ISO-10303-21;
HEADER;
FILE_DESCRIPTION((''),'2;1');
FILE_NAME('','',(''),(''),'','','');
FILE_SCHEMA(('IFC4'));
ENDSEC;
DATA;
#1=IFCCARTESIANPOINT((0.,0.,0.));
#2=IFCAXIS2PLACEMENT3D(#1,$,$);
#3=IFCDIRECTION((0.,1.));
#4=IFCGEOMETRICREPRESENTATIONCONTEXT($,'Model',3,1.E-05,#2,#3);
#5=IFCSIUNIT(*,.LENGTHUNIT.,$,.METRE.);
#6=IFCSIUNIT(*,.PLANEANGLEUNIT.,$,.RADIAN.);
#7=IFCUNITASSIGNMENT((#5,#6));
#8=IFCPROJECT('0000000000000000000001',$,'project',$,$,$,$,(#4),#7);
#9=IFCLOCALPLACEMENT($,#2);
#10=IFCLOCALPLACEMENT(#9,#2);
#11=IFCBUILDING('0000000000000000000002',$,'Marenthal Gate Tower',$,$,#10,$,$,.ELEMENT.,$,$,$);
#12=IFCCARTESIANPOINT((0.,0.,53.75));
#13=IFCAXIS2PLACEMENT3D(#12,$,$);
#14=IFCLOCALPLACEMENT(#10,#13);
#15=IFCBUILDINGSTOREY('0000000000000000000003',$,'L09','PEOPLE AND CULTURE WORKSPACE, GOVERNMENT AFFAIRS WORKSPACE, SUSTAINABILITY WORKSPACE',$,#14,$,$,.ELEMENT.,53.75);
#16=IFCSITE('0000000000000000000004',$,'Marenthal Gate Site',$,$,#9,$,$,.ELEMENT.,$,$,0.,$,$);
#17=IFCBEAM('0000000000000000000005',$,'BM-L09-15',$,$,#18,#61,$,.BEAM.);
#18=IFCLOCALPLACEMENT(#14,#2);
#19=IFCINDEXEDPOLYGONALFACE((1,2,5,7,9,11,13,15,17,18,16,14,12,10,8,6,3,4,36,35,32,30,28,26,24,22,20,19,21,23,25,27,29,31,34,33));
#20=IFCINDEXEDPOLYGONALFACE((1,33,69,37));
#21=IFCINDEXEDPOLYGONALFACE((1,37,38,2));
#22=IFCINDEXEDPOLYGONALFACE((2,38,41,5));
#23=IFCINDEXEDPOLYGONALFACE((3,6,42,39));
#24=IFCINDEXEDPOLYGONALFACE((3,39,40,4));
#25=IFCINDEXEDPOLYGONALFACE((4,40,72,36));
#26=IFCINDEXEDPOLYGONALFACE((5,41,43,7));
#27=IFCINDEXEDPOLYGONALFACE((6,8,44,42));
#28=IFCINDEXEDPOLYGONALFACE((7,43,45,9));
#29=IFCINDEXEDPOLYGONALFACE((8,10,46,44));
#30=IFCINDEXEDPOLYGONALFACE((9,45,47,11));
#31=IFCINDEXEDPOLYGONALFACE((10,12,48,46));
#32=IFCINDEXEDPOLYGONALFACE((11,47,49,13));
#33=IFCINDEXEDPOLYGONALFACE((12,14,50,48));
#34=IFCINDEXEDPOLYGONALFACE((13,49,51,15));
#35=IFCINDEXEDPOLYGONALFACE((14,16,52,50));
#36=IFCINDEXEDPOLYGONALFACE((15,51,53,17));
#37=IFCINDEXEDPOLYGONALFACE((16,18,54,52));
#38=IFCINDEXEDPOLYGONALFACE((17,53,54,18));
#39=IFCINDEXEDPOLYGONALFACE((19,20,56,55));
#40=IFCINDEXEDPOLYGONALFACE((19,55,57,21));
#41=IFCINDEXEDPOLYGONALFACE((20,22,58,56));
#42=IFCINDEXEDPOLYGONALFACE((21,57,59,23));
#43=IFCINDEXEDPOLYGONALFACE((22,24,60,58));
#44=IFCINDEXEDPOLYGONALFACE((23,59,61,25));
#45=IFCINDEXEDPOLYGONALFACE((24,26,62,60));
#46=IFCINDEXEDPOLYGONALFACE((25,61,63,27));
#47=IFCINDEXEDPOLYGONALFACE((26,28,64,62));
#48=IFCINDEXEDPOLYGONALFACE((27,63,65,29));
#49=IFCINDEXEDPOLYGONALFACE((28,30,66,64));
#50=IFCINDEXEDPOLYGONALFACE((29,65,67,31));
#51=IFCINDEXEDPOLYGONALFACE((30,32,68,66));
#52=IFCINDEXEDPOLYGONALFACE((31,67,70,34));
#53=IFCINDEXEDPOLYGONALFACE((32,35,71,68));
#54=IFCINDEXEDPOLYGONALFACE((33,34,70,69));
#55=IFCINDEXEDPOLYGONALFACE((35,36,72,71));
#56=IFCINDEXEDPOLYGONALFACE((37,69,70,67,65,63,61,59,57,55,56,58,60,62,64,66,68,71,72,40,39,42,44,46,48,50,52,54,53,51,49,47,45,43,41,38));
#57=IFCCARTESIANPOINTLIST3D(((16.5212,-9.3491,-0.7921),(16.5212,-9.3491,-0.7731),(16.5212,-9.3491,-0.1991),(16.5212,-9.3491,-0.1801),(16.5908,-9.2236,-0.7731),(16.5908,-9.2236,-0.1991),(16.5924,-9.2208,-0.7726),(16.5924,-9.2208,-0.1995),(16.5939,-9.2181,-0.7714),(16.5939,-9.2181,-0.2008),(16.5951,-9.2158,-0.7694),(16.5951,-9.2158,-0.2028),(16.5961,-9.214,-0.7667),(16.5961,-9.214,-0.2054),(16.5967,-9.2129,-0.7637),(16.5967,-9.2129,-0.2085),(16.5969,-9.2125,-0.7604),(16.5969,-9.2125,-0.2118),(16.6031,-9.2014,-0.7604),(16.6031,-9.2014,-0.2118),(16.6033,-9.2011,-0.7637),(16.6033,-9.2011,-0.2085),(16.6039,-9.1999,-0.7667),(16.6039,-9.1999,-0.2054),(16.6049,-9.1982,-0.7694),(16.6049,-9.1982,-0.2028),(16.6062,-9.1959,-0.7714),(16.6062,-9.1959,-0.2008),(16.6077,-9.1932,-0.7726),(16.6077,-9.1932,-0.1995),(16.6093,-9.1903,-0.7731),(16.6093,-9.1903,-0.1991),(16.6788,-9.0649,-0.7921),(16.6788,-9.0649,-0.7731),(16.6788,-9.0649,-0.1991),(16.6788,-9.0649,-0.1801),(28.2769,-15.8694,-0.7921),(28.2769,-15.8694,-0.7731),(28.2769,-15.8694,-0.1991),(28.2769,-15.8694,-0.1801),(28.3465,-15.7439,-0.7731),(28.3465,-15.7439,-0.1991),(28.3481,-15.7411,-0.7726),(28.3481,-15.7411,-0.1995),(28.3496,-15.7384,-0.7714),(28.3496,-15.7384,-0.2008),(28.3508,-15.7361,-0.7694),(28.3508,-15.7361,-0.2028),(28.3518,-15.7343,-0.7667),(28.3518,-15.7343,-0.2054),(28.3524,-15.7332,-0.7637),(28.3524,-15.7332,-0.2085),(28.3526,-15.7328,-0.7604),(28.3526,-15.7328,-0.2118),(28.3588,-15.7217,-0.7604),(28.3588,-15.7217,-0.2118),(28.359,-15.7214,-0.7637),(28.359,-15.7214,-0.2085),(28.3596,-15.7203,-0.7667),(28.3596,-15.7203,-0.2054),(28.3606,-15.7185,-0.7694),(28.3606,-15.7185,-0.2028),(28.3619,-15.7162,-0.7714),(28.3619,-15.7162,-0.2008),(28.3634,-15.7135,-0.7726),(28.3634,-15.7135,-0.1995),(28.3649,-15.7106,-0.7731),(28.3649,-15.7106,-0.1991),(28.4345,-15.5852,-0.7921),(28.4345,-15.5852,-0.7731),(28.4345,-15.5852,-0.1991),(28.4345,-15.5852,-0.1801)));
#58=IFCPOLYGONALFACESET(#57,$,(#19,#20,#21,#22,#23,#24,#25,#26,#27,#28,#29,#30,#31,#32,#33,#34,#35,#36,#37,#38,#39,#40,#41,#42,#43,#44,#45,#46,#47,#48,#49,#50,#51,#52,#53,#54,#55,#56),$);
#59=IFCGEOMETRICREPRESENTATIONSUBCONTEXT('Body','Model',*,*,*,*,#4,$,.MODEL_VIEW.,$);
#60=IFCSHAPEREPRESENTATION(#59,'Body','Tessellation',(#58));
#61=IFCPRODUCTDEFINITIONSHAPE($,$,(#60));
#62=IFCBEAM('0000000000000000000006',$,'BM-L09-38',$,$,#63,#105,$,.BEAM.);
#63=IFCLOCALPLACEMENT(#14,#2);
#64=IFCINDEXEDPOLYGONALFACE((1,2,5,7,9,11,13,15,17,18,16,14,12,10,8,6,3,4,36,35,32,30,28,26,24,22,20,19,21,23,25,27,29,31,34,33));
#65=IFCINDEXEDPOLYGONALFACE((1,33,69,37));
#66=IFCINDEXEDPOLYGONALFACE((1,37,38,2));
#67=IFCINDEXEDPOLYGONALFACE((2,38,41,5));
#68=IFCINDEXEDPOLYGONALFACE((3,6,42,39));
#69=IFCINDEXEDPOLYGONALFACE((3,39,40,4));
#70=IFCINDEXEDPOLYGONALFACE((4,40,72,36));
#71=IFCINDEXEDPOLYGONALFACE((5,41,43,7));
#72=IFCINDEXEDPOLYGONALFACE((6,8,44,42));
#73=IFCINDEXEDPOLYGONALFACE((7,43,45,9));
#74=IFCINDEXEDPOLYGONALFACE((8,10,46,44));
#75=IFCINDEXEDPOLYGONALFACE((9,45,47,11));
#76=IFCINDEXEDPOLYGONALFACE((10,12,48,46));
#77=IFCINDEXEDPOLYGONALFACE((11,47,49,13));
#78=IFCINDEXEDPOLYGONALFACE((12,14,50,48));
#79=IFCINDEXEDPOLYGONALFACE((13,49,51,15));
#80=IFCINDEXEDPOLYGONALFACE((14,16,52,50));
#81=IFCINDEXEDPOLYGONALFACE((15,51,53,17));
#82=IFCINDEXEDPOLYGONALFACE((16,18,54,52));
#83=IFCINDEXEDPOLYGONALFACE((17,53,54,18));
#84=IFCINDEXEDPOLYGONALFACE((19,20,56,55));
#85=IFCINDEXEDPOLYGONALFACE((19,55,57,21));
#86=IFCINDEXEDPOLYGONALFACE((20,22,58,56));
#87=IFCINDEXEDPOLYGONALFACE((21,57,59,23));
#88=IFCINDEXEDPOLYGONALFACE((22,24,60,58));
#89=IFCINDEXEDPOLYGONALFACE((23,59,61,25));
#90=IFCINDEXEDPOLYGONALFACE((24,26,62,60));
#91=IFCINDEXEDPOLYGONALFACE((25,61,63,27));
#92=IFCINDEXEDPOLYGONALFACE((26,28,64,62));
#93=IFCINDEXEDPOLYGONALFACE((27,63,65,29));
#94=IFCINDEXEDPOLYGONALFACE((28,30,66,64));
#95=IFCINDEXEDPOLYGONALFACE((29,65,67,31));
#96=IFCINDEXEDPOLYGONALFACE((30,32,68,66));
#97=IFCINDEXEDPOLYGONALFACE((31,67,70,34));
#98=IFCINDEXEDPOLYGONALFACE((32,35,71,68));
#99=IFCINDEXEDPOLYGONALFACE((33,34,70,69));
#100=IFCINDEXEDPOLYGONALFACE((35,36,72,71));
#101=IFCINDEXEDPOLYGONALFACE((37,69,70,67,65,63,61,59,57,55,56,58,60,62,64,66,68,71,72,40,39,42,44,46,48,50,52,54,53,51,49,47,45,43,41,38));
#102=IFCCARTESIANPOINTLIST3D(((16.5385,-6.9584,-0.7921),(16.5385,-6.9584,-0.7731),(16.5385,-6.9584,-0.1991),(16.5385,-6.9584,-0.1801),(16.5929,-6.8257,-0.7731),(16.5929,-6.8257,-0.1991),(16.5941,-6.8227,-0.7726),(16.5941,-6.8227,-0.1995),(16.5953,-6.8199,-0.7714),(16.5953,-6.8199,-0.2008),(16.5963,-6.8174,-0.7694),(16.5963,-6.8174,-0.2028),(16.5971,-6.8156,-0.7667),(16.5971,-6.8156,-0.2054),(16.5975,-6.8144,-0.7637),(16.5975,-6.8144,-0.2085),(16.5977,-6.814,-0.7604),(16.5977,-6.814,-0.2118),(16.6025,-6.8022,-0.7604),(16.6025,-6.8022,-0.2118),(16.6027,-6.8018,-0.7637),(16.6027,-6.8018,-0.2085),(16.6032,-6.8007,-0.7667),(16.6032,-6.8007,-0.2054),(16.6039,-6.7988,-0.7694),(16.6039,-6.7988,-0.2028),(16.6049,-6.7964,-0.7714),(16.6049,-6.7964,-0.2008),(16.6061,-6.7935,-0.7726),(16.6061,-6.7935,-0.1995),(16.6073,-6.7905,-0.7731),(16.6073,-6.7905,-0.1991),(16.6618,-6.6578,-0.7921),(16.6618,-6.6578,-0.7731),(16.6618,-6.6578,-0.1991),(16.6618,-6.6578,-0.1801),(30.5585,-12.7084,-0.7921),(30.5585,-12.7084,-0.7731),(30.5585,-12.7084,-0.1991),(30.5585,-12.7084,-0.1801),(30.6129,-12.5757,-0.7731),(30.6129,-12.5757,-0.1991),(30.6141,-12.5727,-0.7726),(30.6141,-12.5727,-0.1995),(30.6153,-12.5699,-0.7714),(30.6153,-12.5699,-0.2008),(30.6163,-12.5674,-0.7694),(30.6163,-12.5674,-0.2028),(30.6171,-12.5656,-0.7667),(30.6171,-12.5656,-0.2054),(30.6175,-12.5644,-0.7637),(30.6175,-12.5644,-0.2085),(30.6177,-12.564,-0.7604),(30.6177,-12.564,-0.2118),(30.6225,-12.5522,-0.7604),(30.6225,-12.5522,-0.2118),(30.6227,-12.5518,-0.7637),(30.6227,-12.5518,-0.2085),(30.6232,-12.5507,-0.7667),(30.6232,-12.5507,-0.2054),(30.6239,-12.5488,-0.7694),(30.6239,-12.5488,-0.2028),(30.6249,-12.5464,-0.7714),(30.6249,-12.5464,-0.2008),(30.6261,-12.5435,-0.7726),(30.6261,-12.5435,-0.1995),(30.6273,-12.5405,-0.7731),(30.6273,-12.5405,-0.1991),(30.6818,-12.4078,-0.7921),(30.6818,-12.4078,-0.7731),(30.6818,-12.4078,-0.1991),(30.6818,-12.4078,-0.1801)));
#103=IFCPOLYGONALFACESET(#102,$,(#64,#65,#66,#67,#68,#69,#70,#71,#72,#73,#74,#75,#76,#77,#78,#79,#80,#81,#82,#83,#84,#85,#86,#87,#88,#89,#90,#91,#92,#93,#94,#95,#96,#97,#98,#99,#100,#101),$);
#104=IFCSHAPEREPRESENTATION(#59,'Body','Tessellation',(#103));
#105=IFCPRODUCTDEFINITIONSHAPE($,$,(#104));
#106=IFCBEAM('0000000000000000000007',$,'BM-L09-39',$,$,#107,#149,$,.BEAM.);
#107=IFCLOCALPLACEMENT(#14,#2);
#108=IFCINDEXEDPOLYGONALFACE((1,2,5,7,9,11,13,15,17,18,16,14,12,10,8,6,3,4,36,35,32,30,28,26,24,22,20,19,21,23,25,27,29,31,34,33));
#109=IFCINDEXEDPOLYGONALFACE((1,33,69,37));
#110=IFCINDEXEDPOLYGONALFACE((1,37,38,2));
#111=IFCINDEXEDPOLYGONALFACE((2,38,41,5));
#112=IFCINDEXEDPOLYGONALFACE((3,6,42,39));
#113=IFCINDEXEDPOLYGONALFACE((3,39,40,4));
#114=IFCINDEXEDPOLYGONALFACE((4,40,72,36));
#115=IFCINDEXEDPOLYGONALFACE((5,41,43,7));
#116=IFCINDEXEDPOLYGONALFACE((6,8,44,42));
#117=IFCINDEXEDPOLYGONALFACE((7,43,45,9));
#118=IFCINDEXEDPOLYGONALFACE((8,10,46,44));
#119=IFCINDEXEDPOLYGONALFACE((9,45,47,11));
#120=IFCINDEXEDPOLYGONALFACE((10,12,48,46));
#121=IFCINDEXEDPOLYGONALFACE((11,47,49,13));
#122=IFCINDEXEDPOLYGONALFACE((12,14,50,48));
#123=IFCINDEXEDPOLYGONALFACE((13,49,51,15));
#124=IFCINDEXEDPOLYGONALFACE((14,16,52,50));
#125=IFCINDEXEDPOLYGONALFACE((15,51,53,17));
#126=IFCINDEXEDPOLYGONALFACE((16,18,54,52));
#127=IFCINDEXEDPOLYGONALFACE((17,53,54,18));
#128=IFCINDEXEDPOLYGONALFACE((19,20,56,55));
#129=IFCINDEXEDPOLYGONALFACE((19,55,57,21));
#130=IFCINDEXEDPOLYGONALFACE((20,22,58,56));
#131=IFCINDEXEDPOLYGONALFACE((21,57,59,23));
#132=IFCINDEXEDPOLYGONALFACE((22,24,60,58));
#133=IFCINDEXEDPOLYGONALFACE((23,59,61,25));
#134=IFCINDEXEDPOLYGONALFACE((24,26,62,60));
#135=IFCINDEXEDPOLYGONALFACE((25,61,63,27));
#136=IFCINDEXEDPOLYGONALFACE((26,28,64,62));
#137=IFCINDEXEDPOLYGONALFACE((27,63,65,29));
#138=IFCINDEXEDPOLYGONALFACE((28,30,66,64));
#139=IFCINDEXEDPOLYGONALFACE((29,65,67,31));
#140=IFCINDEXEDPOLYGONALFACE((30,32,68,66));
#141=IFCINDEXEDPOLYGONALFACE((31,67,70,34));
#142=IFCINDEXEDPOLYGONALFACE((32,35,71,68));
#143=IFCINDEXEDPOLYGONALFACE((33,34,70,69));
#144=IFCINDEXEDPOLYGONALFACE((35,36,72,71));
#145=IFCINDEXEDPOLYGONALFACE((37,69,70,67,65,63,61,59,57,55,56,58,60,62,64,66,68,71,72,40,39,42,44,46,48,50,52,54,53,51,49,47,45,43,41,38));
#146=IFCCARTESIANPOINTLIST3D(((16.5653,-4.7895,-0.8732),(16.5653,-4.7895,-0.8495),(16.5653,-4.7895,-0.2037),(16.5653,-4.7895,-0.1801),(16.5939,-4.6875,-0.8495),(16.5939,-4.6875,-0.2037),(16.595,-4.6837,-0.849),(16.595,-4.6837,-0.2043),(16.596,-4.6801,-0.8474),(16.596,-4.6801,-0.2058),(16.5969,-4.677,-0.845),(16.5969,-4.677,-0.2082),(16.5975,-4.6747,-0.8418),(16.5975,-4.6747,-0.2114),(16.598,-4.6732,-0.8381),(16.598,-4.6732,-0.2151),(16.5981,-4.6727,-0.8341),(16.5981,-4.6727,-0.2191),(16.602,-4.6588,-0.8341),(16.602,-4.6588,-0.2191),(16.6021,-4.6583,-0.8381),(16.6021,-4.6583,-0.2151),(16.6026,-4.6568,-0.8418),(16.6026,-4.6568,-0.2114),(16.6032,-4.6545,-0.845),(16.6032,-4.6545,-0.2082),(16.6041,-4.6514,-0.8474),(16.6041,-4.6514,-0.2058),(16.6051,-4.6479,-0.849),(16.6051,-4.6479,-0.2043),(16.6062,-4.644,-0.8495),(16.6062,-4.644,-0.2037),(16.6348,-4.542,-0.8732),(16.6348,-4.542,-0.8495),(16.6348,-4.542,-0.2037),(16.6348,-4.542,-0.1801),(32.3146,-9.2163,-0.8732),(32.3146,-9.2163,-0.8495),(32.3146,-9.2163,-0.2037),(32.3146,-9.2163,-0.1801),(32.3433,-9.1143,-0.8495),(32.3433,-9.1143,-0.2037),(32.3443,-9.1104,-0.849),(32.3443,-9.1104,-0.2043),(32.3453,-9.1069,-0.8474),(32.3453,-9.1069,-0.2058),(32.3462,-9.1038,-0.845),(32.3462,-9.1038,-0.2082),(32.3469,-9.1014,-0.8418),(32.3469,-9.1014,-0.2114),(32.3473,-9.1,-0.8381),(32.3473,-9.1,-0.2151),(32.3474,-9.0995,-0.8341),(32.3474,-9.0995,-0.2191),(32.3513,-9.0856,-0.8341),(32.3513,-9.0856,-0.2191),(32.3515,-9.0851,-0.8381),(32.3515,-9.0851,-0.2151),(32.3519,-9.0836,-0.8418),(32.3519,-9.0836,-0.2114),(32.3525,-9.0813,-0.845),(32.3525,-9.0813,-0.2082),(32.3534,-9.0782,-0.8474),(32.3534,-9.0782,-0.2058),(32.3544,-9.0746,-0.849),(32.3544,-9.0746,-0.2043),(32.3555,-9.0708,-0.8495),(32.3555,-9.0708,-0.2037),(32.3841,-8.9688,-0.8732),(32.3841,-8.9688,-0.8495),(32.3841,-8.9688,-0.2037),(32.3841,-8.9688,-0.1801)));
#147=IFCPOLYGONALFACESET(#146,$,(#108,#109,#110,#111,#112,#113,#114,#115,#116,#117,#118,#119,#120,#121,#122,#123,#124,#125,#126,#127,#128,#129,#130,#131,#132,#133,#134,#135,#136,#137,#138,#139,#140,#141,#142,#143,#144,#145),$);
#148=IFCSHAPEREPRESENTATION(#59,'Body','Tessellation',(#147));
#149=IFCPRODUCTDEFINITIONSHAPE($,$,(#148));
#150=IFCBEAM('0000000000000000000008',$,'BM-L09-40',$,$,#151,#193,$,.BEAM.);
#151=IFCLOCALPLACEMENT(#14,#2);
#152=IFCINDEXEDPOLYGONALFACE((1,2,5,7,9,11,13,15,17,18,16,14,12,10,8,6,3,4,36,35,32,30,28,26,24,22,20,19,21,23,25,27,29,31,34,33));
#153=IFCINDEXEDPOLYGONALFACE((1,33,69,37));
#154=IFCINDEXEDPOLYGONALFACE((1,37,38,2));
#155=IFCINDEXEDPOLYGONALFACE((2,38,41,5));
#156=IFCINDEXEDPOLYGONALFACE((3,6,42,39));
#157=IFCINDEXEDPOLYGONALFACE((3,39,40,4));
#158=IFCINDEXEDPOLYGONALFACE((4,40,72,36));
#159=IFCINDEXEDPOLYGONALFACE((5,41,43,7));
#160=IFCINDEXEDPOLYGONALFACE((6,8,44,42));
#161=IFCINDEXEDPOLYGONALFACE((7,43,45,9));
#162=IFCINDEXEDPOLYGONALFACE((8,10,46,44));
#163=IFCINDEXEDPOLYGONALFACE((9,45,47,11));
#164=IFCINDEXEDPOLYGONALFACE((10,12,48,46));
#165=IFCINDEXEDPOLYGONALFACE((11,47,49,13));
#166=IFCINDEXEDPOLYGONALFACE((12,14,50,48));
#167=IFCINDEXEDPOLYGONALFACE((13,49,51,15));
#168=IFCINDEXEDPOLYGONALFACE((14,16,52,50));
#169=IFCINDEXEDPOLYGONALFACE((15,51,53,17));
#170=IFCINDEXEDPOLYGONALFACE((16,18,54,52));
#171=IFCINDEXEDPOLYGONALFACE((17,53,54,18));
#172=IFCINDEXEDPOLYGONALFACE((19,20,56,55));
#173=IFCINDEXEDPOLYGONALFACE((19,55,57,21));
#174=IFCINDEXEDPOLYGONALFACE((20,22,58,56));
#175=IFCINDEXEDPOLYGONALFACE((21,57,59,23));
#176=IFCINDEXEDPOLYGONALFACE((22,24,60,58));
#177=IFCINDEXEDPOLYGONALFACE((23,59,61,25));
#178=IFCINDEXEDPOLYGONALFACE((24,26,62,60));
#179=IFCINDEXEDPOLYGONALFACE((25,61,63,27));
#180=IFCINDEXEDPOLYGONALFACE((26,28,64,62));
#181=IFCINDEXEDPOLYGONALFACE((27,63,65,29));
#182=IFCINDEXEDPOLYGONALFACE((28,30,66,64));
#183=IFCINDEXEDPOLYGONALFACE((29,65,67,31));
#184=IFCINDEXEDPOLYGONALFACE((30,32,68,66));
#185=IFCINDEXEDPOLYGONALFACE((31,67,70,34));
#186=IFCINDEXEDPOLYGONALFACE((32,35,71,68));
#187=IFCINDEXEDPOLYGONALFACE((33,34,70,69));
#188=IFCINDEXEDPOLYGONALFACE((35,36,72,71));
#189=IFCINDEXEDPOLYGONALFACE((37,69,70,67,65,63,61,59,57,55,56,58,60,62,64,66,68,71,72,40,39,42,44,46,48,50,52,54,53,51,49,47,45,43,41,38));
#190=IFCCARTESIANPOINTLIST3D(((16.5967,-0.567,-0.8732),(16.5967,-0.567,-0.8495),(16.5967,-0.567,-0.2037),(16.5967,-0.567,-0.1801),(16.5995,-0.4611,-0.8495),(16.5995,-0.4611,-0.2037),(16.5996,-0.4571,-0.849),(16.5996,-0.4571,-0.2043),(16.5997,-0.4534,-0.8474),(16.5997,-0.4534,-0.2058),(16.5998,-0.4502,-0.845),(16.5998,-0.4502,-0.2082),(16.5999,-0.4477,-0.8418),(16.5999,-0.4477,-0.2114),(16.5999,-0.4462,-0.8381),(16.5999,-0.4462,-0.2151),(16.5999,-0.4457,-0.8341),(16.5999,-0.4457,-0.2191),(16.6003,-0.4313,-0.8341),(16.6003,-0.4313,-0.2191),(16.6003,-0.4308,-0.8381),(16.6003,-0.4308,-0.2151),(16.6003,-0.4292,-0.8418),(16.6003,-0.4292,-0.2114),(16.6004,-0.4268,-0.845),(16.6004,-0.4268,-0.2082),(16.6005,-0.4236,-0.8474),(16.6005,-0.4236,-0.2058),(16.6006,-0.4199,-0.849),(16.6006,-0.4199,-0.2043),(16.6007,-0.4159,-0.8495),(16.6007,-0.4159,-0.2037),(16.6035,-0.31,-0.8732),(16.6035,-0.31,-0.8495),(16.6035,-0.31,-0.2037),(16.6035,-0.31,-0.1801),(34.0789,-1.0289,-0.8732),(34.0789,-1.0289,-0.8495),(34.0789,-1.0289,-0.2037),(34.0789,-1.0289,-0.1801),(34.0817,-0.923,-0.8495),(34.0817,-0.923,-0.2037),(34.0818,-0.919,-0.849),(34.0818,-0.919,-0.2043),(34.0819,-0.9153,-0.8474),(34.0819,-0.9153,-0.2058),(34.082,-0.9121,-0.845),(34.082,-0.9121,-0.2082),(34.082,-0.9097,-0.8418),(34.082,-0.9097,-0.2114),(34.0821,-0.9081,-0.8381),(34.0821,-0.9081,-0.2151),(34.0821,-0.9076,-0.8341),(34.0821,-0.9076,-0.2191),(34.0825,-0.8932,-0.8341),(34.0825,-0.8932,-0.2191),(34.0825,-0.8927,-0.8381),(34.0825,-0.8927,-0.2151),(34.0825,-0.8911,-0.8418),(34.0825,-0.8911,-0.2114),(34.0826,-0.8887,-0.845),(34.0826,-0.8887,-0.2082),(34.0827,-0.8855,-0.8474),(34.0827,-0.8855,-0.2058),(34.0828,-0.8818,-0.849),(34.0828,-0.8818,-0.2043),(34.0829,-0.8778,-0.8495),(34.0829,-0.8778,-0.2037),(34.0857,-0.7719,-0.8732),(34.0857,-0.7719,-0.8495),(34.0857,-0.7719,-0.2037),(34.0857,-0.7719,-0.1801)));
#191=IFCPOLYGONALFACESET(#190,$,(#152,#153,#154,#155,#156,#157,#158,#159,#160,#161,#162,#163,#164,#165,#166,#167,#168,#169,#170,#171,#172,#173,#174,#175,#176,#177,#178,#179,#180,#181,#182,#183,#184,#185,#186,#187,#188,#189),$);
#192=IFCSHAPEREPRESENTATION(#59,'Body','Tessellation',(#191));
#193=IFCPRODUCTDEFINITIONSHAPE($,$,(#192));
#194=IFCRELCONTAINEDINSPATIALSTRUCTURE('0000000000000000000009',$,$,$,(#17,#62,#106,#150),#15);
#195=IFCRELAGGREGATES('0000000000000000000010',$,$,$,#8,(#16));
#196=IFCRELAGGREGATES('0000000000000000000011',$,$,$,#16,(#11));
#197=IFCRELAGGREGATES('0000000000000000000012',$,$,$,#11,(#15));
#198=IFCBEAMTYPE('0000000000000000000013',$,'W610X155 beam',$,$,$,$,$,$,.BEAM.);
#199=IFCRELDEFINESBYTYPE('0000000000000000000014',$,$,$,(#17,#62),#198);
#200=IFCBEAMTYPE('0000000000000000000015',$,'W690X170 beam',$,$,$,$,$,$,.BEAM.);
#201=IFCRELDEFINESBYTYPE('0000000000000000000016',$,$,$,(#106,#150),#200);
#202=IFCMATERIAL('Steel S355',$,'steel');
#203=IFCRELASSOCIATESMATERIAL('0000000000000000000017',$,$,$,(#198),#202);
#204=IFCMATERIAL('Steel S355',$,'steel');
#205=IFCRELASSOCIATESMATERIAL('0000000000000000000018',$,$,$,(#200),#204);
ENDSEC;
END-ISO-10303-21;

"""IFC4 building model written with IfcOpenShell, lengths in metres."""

from ifc_helpers import new_model, si_unit, direction, frame, origin, origin_2d, place, context, subcontext, project, spatial, i_section, extrude, material, material_profile, profile_set, type_object, element, save


model = new_model("IFC4")

# Units and contexts
model_context = context("Model", 3, precision=1e-05, world=origin(), true_north=direction((0.0, 1.0)))
body_context = subcontext(model_context, "Body", "Model", "MODEL_VIEW")
ifc_project = project(units=[si_unit("LENGTHUNIT", "METRE"), si_unit("PLANEANGLEUNIT", "RADIAN")], contexts=[model_context])

# Site, building, storey
site_placement = place(None, origin())
site = spatial("IfcSite", under=ifc_project, at=site_placement, Name="Marenthal Gate Site", CompositionType="ELEMENT", RefElevation=0.0)
building_placement = place(site_placement, origin())
building = spatial("IfcBuilding", under=site, at=building_placement, Name="Marenthal Gate Tower", CompositionType="ELEMENT")
storey_placement = place(building_placement, frame((0.0, 0.0, 53.75)))
storey = spatial("IfcBuildingStorey", under=building, at=storey_placement, Name="L09", Description="PEOPLE AND CULTURE WORKSPACE, GOVERNMENT AFFAIRS WORKSPACE, SUSTAINABILITY WORKSPACE", CompositionType="ELEMENT", Elevation=53.75)

# Beams
ifc_material_1 = material(Name="Steel S355", Category="steel")
ifc_material_profile_1 = material_profile(ifc_material_1, i_section(OverallWidth=0.325, OverallDepth=0.6121, WebThickness=0.0127, FlangeThickness=0.019, FilletRadius=0.0127, at=origin_2d()), Name="W610X155")
ifc_profile_set_1 = profile_set([ifc_material_profile_1], Name="Steel S355")
beam_type_1 = type_object("IfcBeamType", Name="W610X155 beam", PredefinedType="BEAM", material=ifc_profile_set_1)
beam_1_placement = place(storey_placement, frame((28.3557, -15.7273, -0.4861), z_axis=(-0.874493, 0.485038, 0.0), x_axis=(-0.485038, -0.874493, 0.0)))
element("IfcBeam", 1, at=beam_1_placement, inside=storey, type_object=beam_type_1, Name="BM-L09-15", PredefinedType="BEAM", context=body_context, shape_type="SweptSolid", body=[
    extrude(i_section(OverallWidth=0.325, OverallDepth=0.6121, WebThickness=0.0127, FlangeThickness=0.019, FilletRadius=0.0127, at=origin_2d()), origin(), (0.0, 0.0, 1.0), 13.4429),
])
beam_2_placement = place(storey_placement, frame((30.6201, -12.5581, -0.4861), z_axis=(-0.92521, 0.379455, 0.0), x_axis=(-0.379455, -0.92521, 0.0)))
element("IfcBeam", 2, at=beam_2_placement, inside=storey, type_object=beam_type_1, Name="BM-L09-38", PredefinedType="BEAM", context=body_context, shape_type="SweptSolid", body=[
    extrude(i_section(OverallWidth=0.325, OverallDepth=0.6121, WebThickness=0.0127, FlangeThickness=0.019, FilletRadius=0.0127, at=origin_2d()), origin(), (0.0, 0.0, 1.0), 15.1533),
])
ifc_material_2 = material(Name="Steel S355", Category="steel")
ifc_material_profile_2 = material_profile(ifc_material_2, i_section(OverallWidth=0.2571, OverallDepth=0.6931, WebThickness=0.0144, FlangeThickness=0.0237, FilletRadius=0.0154, at=origin_2d()), Name="W690X170")
ifc_profile_set_2 = profile_set([ifc_material_profile_2], Name="Steel S355")
beam_type_2 = type_object("IfcBeamType", Name="W690X170 beam", PredefinedType="BEAM", material=ifc_profile_set_2)
beam_3_placement = place(storey_placement, frame((32.3494, -9.0925, -0.5266), z_axis=(-0.962694, 0.270591, 0.0), x_axis=(-0.270591, -0.962694, 0.0)))
element("IfcBeam", 3, at=beam_3_placement, inside=storey, type_object=beam_type_2, Name="BM-L09-39", PredefinedType="BEAM", context=body_context, shape_type="SweptSolid", body=[
    extrude(i_section(OverallWidth=0.2571, OverallDepth=0.6931, WebThickness=0.0144, FlangeThickness=0.0237, FilletRadius=0.0154, at=origin_2d()), origin(), (0.0, 0.0, 1.0), 16.3596),
])
beam_4_placement = place(storey_placement, frame((34.0823, -0.9004, -0.5266), z_axis=(-0.999651, 0.026413, 0.0), x_axis=(-0.026413, -0.999651, 0.0)))
element("IfcBeam", 4, at=beam_4_placement, inside=storey, type_object=beam_type_2, Name="BM-L09-40", PredefinedType="BEAM", context=body_context, shape_type="SweptSolid", body=[
    extrude(i_section(OverallWidth=0.2571, OverallDepth=0.6931, WebThickness=0.0144, FlangeThickness=0.0237, FilletRadius=0.0154, at=origin_2d()), origin(), (0.0, 0.0, 1.0), 17.4883),
])

save(model, "model.ifc")
